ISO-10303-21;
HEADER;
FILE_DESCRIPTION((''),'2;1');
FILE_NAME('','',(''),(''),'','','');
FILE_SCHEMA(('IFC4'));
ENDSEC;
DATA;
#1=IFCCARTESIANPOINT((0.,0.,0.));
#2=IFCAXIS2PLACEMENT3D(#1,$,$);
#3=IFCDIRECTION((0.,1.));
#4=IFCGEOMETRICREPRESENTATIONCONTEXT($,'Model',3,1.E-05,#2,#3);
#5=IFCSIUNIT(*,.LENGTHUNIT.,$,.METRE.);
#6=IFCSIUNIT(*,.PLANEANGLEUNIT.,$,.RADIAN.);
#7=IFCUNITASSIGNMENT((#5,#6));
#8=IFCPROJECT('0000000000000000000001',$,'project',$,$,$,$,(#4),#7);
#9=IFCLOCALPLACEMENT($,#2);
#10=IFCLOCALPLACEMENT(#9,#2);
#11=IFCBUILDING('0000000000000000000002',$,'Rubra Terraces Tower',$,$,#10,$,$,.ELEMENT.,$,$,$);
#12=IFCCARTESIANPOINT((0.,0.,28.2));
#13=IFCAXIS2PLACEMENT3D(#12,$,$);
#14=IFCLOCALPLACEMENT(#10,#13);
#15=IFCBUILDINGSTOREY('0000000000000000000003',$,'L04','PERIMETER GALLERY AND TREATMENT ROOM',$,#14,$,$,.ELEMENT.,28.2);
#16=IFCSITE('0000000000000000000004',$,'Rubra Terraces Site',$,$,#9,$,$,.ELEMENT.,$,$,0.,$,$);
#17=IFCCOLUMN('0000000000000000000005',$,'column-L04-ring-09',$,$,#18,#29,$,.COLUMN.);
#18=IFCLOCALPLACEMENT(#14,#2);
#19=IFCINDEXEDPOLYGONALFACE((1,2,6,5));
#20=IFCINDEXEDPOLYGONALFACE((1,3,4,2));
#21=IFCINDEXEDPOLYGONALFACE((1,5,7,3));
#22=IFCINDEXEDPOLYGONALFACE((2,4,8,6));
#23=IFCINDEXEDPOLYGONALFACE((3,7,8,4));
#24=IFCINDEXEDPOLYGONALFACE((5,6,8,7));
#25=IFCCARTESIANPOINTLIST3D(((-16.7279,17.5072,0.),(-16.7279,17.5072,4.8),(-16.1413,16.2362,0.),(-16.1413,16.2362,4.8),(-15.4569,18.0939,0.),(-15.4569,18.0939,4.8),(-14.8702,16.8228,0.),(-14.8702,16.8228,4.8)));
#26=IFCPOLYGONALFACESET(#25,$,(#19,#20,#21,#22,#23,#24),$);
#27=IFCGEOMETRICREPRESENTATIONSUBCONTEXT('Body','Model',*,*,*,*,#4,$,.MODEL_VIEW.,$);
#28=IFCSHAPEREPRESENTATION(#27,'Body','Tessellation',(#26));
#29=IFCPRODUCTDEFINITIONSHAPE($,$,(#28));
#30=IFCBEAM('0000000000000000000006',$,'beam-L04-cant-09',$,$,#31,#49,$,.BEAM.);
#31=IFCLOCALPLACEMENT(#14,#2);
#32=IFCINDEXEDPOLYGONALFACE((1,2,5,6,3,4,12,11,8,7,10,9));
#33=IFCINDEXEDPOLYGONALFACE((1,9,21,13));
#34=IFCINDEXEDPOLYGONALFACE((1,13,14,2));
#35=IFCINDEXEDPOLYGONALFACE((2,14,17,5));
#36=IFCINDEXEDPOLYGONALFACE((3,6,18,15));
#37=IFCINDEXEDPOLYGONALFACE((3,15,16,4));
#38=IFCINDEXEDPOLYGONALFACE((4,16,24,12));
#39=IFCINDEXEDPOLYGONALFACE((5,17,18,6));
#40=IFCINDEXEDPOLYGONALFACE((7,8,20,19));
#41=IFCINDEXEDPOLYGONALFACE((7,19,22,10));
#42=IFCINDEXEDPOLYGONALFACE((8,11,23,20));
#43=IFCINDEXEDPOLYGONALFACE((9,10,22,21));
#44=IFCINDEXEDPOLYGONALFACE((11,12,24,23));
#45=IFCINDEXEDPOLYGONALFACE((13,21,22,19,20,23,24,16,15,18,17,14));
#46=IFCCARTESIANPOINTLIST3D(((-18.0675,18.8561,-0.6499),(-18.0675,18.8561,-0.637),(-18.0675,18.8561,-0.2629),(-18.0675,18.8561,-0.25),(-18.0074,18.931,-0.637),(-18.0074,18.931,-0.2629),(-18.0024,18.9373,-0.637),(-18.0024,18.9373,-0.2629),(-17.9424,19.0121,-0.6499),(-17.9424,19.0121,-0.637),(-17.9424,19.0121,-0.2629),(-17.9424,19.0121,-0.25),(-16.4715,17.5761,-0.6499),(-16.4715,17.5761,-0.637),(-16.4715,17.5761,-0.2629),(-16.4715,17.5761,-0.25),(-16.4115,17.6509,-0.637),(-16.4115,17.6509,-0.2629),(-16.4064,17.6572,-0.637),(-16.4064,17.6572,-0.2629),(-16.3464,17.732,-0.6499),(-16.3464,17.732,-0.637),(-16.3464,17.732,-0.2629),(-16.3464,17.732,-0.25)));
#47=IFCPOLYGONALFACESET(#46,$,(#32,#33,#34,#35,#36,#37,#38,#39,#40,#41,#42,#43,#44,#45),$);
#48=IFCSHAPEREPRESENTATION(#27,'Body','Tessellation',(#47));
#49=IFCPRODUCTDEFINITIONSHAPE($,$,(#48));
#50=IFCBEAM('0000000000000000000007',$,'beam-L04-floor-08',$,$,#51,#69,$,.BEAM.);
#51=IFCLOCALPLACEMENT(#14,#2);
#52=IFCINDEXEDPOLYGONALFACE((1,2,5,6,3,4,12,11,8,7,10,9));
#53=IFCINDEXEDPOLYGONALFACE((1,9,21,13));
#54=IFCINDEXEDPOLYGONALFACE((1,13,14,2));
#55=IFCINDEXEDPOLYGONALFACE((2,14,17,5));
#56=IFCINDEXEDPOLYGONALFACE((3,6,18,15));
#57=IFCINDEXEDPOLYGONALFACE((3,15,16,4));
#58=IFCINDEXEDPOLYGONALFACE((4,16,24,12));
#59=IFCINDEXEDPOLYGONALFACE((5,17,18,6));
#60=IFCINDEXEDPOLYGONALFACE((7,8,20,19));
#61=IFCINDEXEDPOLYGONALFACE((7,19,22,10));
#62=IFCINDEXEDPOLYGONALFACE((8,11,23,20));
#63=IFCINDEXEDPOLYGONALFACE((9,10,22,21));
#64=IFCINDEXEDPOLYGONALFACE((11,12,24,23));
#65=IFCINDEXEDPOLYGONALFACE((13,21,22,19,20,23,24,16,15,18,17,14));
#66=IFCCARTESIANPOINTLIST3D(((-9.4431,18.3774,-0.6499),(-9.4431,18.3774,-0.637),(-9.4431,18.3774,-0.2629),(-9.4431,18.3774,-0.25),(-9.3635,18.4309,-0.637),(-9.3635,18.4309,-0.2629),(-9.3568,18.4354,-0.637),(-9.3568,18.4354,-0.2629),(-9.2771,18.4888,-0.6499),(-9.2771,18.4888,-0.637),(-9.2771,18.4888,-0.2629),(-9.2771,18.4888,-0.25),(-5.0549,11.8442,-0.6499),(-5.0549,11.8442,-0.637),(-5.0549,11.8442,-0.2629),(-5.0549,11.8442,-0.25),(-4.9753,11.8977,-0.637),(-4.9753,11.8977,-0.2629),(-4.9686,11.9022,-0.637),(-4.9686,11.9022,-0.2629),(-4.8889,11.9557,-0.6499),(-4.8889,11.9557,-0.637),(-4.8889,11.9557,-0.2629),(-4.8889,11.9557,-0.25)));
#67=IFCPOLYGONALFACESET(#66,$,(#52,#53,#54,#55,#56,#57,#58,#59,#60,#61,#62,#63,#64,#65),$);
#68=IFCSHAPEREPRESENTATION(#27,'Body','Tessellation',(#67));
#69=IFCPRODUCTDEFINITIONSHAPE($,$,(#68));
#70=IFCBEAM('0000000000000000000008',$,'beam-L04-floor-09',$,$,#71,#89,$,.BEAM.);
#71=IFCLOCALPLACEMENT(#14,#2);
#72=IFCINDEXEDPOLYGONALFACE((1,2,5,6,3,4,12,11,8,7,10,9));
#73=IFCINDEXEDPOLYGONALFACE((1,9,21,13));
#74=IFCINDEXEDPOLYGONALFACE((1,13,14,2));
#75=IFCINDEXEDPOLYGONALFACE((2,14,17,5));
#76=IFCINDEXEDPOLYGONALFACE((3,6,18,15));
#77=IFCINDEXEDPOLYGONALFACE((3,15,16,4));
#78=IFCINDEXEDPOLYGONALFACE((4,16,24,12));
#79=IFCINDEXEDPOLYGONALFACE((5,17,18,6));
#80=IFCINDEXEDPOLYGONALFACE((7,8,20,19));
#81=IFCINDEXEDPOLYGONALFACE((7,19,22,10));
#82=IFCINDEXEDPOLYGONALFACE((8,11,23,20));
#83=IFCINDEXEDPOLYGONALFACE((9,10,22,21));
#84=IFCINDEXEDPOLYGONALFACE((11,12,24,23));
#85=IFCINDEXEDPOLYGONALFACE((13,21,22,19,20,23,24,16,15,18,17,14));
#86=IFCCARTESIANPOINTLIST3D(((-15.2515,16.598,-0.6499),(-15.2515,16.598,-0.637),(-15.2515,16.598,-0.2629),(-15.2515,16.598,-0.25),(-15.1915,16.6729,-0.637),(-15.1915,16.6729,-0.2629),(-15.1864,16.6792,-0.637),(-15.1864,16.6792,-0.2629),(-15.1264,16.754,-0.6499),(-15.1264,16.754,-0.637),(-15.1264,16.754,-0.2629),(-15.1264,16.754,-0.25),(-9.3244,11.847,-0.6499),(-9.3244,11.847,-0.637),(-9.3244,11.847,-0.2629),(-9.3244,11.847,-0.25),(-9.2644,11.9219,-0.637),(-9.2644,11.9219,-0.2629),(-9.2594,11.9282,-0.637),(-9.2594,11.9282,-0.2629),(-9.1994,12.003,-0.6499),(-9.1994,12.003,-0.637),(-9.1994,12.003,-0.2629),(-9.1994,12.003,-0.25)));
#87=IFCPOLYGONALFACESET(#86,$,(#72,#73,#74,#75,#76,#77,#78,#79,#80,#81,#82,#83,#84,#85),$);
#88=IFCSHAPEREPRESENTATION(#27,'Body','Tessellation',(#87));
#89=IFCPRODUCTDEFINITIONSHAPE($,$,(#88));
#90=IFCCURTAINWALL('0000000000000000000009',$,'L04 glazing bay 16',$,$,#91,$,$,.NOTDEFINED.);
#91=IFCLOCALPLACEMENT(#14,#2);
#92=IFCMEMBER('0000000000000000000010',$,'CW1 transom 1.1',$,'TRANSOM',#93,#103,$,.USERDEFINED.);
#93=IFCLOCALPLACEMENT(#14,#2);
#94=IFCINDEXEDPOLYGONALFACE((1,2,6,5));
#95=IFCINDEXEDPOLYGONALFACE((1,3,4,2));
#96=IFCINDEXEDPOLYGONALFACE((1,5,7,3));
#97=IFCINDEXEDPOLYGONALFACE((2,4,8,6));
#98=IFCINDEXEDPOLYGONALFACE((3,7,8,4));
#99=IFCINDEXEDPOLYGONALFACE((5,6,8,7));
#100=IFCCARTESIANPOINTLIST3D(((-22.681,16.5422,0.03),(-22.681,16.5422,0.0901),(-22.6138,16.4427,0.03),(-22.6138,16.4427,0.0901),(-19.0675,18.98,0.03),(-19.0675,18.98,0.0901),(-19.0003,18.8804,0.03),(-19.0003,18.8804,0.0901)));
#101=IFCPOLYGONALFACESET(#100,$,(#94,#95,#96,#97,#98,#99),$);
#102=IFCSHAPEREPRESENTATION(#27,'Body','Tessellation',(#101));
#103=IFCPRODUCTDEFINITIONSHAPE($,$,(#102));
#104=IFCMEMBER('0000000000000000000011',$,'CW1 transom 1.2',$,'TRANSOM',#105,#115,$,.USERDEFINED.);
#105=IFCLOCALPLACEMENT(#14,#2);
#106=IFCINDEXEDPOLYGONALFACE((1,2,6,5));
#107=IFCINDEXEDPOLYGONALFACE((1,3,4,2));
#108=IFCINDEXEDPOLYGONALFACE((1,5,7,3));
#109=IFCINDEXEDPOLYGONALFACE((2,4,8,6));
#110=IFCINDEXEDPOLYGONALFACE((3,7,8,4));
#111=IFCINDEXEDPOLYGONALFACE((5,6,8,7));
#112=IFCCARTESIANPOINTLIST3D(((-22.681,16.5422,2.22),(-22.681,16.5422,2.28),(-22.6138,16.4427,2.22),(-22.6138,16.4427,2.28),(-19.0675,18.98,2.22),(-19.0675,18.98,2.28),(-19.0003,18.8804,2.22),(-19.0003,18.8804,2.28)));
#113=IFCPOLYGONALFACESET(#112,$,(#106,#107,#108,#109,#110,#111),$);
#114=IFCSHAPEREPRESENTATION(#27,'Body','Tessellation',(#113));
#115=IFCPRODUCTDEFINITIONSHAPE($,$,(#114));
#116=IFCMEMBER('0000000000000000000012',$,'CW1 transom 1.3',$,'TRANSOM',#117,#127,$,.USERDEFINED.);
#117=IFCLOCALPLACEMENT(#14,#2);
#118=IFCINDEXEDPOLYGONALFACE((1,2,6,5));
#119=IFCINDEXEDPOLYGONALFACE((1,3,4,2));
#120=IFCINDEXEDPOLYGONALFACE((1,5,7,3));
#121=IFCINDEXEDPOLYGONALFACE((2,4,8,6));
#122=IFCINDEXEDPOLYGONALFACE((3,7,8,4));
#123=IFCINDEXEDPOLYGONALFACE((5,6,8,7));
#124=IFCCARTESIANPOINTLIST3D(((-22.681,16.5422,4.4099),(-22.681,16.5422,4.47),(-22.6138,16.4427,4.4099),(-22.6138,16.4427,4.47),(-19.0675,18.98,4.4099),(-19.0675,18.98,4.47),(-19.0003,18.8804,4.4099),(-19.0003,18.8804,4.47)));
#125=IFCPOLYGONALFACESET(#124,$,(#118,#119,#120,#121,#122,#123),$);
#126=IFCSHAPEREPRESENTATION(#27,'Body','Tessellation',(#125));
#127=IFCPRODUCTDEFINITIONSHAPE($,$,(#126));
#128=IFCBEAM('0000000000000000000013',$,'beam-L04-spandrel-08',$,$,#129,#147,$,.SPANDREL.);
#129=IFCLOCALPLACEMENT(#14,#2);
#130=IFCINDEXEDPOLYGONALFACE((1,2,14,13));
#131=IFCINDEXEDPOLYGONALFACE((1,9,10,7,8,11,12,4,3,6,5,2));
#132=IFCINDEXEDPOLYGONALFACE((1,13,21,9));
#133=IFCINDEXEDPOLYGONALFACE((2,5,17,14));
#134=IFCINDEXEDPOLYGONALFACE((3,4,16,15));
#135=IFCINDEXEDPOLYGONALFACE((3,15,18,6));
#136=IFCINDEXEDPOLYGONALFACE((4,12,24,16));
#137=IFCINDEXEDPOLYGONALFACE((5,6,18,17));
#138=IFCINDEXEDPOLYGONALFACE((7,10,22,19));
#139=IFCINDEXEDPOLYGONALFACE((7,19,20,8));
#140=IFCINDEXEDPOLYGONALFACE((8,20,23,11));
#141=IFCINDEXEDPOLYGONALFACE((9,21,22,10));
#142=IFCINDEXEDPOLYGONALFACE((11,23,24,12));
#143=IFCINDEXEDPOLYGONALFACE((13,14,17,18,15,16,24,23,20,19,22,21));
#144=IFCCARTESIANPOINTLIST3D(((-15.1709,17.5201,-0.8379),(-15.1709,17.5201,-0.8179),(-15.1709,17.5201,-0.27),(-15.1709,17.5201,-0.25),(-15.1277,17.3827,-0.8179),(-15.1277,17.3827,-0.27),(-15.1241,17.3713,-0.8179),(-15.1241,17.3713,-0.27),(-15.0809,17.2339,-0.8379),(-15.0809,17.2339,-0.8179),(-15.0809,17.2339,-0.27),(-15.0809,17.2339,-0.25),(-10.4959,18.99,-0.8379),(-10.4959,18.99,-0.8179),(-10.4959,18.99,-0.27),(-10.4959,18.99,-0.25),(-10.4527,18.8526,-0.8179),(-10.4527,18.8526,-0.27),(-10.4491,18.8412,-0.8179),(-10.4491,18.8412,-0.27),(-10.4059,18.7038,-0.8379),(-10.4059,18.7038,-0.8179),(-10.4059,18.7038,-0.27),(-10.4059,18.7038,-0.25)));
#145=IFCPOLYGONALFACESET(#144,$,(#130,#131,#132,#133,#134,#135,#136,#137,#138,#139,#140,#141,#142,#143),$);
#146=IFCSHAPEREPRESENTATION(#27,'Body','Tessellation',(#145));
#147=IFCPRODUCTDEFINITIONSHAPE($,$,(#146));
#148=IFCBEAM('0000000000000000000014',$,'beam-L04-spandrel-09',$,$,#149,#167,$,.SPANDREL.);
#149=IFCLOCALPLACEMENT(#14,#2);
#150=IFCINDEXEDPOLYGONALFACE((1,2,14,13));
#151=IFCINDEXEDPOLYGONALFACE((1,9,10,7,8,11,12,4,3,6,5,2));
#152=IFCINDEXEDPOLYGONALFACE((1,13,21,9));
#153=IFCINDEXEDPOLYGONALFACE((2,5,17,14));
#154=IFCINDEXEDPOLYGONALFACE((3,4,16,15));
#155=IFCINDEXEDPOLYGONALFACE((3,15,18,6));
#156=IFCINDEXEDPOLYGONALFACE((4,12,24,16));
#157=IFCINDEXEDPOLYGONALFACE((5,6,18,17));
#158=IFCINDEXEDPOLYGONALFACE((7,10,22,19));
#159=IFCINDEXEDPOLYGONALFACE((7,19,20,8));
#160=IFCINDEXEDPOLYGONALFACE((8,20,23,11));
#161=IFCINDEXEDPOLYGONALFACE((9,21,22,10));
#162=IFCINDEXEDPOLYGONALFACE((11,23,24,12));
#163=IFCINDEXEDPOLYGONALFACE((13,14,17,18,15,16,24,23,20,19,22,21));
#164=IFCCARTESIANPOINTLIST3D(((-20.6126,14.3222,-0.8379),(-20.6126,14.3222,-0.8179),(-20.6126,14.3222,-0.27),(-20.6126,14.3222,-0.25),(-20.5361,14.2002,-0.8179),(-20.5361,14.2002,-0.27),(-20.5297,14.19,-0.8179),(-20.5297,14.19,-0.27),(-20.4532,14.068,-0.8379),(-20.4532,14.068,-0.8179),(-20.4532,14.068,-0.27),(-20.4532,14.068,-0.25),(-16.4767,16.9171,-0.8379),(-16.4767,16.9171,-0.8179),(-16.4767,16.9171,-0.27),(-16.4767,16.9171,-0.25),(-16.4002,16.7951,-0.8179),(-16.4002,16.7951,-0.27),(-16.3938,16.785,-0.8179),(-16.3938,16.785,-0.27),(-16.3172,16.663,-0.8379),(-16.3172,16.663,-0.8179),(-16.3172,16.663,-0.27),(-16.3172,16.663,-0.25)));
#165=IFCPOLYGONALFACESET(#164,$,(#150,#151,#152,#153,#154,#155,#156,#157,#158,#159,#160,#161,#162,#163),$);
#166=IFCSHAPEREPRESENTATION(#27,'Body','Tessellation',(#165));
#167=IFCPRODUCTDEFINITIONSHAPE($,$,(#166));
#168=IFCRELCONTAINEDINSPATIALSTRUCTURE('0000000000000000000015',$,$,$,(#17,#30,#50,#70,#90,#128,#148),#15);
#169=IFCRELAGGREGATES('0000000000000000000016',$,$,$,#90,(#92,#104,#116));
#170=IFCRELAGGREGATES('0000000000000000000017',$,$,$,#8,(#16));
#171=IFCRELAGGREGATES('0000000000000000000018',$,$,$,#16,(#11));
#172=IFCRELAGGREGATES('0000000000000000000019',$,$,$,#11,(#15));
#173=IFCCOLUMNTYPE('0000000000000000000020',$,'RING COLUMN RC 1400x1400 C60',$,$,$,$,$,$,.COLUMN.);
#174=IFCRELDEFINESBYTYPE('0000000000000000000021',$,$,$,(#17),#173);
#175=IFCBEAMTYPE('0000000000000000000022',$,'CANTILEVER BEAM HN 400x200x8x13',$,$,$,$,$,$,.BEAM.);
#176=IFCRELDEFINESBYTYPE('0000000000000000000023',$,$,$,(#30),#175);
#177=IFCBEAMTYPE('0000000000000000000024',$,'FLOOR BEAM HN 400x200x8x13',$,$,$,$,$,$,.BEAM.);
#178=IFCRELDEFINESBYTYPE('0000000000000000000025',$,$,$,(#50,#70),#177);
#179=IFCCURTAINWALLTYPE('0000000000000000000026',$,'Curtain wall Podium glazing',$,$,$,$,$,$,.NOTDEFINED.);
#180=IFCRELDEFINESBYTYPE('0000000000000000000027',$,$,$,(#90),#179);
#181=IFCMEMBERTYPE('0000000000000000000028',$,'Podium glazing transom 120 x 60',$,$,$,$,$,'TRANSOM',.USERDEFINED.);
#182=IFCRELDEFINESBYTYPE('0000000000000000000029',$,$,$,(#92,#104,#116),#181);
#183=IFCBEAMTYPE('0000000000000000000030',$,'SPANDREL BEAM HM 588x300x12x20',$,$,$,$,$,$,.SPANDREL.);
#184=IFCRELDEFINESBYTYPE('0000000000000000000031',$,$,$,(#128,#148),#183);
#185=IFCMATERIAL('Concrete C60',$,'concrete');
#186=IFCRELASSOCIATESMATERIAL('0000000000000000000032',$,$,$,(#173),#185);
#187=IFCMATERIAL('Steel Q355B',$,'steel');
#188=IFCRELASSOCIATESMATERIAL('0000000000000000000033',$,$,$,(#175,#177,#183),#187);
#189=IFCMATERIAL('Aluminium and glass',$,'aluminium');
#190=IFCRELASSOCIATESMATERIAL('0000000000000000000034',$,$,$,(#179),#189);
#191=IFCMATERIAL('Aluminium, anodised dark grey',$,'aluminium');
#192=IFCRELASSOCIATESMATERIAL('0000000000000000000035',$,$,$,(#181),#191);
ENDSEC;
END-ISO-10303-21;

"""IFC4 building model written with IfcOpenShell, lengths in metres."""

from ifc_helpers import new_model, si_unit, direction, frame, origin, origin_2d, place, context, subcontext, project, spatial, rectangle, i_section, extrude, material, material_profile, profile_set, type_object, element, aggregate, save


model = new_model("IFC4")

# Units and contexts
model_context = context("Model", 3, precision=1e-05, world=origin(), true_north=direction((0.0, 1.0)))
body_context = subcontext(model_context, "Body", "Model", "MODEL_VIEW")
ifc_project = project(units=[si_unit("LENGTHUNIT", "METRE"), si_unit("PLANEANGLEUNIT", "RADIAN")], contexts=[model_context])

# Site, building, storey
site_placement = place(None, origin())
site = spatial("IfcSite", under=ifc_project, at=site_placement, Name="Rubra Terraces Site", CompositionType="ELEMENT", RefElevation=0.0)
building_placement = place(site_placement, origin())
building = spatial("IfcBuilding", under=site, at=building_placement, Name="Rubra Terraces Tower", CompositionType="ELEMENT")
storey_placement = place(building_placement, frame((0.0, 0.0, 28.2)))
storey = spatial("IfcBuildingStorey", under=building, at=storey_placement, Name="L04", Description="PERIMETER GALLERY AND TREATMENT ROOM", CompositionType="ELEMENT", Elevation=28.2)

# Column
ifc_material_1 = material(Name="Concrete C60", Category="concrete")
ifc_material_profile_1 = material_profile(ifc_material_1, rectangle(XDim=1.3999, YDim=1.3999, at=origin_2d()), Name="RC 1400x1400")
ifc_profile_set_1 = profile_set([ifc_material_profile_1], Name="Concrete C60")
column_type = type_object("IfcColumnType", Name="RING COLUMN RC 1400x1400 C60", PredefinedType="COLUMN", material=ifc_profile_set_1)
column_placement = place(storey_placement, frame((-15.7991, 17.165, 0.0), z_axis=(0.0, 0.0, 1.0), x_axis=(-0.907952, -0.419073, 0.0)))
element("IfcColumn", 1, at=column_placement, inside=storey, type_object=column_type, Name="column-L04-ring-09", PredefinedType="COLUMN", context=body_context, shape_type="SweptSolid", body=[
    extrude(rectangle(XDim=1.3999, YDim=1.3999, at=origin_2d()), origin(), (0.0, 0.0, 1.0), 4.8),
])

# Beams
ifc_material_2 = material(Name="Steel Q355B", Category="steel")
ifc_material_profile_2 = material_profile(ifc_material_2, i_section(OverallWidth=0.2, OverallDepth=0.3999, WebThickness=0.0081, FlangeThickness=0.0129, at=origin_2d()), Name="HN 400x200x8x13")
ifc_profile_set_2 = profile_set([ifc_material_profile_2], Name="Steel Q355B")
beam_type_1 = type_object("IfcBeamType", Name="CANTILEVER BEAM HN 400x200x8x13", PredefinedType="BEAM", material=ifc_profile_set_2)
beam_1_placement = place(storey_placement, frame((-16.4089, 17.6541, -0.45), z_axis=(-0.780088, 0.62567, 0.0), x_axis=(-0.62567, -0.780088, 0.0)))
element("IfcBeam", 2, at=beam_1_placement, inside=storey, type_object=beam_type_1, Name="beam-L04-cant-09", PredefinedType="BEAM", context=body_context, shape_type="SweptSolid", body=[
    extrude(i_section(OverallWidth=0.2, OverallDepth=0.3999, WebThickness=0.0081, FlangeThickness=0.0129, at=origin_2d()), origin(), (0.0, 0.0, 1.0), 2.0459),
])
ifc_material_profile_3 = material_profile(ifc_material_2, i_section(OverallWidth=0.2, OverallDepth=0.3999, WebThickness=0.0081, FlangeThickness=0.0129, at=origin_2d()), Name="HN 400x200x8x13")
ifc_profile_set_3 = profile_set([ifc_material_profile_3], Name="Steel Q355B")
beam_type_2 = type_object("IfcBeamType", Name="FLOOR BEAM HN 400x200x8x13", PredefinedType="BEAM", material=ifc_profile_set_3)
beam_2_placement = place(storey_placement, frame((-9.3601, 18.4331, -0.45), z_axis=(0.557575, -0.830127, 0.0), x_axis=(0.830127, 0.557575, 0.0)))
element("IfcBeam", 3, at=beam_2_placement, inside=storey, type_object=beam_type_2, Name="beam-L04-floor-08", PredefinedType="BEAM", context=body_context, shape_type="SweptSolid", body=[
    extrude(i_section(OverallWidth=0.2, OverallDepth=0.3999, WebThickness=0.0081, FlangeThickness=0.0129, at=origin_2d()), origin(), (0.0, 0.0, 1.0), 7.8701),
])
beam_3_placement = place(storey_placement, frame((-15.189, 16.676, -0.45), z_axis=(0.780266, -0.625447, 0.0), x_axis=(0.625447, 0.780266, 0.0)))
element("IfcBeam", 4, at=beam_3_placement, inside=storey, type_object=beam_type_2, Name="beam-L04-floor-09", PredefinedType="BEAM", context=body_context, shape_type="SweptSolid", body=[
    extrude(i_section(OverallWidth=0.2, OverallDepth=0.3999, WebThickness=0.0081, FlangeThickness=0.0129, at=origin_2d()), origin(), (0.0, 0.0, 1.0), 7.5962),
])

# Curtain wall, members
ifc_material_3 = material(Name="Aluminium and glass", Category="aluminium")
curtain_wall_type = type_object("IfcCurtainWallType", Name="Curtain wall Podium glazing", PredefinedType="NOTDEFINED", material=ifc_material_3)
curtain_wall_placement = place(storey_placement, origin())
curtain_wall = element("IfcCurtainWall", 5, at=curtain_wall_placement, inside=storey, type_object=curtain_wall_type, Name="L04 glazing bay 16", PredefinedType="NOTDEFINED")
ifc_material_4 = material(Name="Aluminium, anodised dark grey", Category="aluminium")
ifc_material_profile_4 = material_profile(ifc_material_4, rectangle(XDim=0.1201, YDim=0.0601, at=origin_2d()), Name="AL 120x60")
ifc_profile_set_4 = profile_set([ifc_material_profile_4], Name="Aluminium, anodised dark grey")
member_type = type_object("IfcMemberType", Name="Podium glazing transom 120 x 60", ElementType="TRANSOM", PredefinedType="USERDEFINED", material=ifc_profile_set_4)
member_1_placement = place(storey_placement, frame((-19.0339, 18.9302, 0.0601), z_axis=(-0.828996, -0.559254, 0.0), x_axis=(0.559254, -0.828996, 0.0)))
member_1 = element("IfcMember", 6, at=member_1_placement, type_object=member_type, Name="CW1 transom 1.1", ObjectType="TRANSOM", PredefinedType="USERDEFINED", context=body_context, shape_type="SweptSolid", body=[
    extrude(rectangle(XDim=0.1201, YDim=0.0601, at=origin_2d()), origin(), (0.0, 0.0, 1.0), 4.3589),
])
member_2_placement = place(storey_placement, frame((-19.0339, 18.9302, 2.25), z_axis=(-0.828996, -0.559254, 0.0), x_axis=(0.559254, -0.828996, 0.0)))
member_2 = element("IfcMember", 7, at=member_2_placement, type_object=member_type, Name="CW1 transom 1.2", ObjectType="TRANSOM", PredefinedType="USERDEFINED", context=body_context, shape_type="SweptSolid", body=[
    extrude(rectangle(XDim=0.1201, YDim=0.0601, at=origin_2d()), origin(), (0.0, 0.0, 1.0), 4.3589),
])
member_3_placement = place(storey_placement, frame((-19.0339, 18.9302, 4.4399), z_axis=(-0.828996, -0.559254, 0.0), x_axis=(0.559254, -0.828996, 0.0)))
member_3 = element("IfcMember", 8, at=member_3_placement, type_object=member_type, Name="CW1 transom 1.3", ObjectType="TRANSOM", PredefinedType="USERDEFINED", context=body_context, shape_type="SweptSolid", body=[
    extrude(rectangle(XDim=0.1201, YDim=0.0601, at=origin_2d()), origin(), (0.0, 0.0, 1.0), 4.3589),
])
aggregate(curtain_wall, [member_1, member_2, member_3])

# Beams
ifc_material_profile_5 = material_profile(ifc_material_2, i_section(OverallWidth=0.3, OverallDepth=0.5879, WebThickness=0.012, FlangeThickness=0.02, at=origin_2d()), Name="HM 588x300x12x20")
ifc_profile_set_5 = profile_set([ifc_material_profile_5], Name="Steel Q355B")
beam_type_3 = type_object("IfcBeamType", Name="SPANDREL BEAM HM 588x300x12x20", PredefinedType="SPANDREL", material=ifc_profile_set_5)
beam_4_placement = place(storey_placement, frame((-10.4509, 18.8469, -0.5439), z_axis=(-0.953955, -0.299951, 0.0), x_axis=(0.299951, -0.953955, 0.0)))
element("IfcBeam", 9, at=beam_4_placement, inside=storey, type_object=beam_type_3, Name="beam-L04-spandrel-08", PredefinedType="SPANDREL", context=body_context, shape_type="SweptSolid", body=[
    extrude(i_section(OverallWidth=0.3, OverallDepth=0.5879, WebThickness=0.012, FlangeThickness=0.02, at=origin_2d()), origin(), (0.0, 0.0, 1.0), 4.9006),
])
beam_5_placement = place(storey_placement, frame((-16.397, 16.79, -0.5439), z_axis=(-0.847078, -0.531468, 0.0), x_axis=(0.531468, -0.847078, 0.0)))
element("IfcBeam", 10, at=beam_5_placement, inside=storey, type_object=beam_type_3, Name="beam-L04-spandrel-09", PredefinedType="SPANDREL", context=body_context, shape_type="SweptSolid", body=[
    extrude(i_section(OverallWidth=0.3, OverallDepth=0.5879, WebThickness=0.012, FlangeThickness=0.02, at=origin_2d()), origin(), (0.0, 0.0, 1.0), 4.8826),
])

save(model, "model.ifc")
